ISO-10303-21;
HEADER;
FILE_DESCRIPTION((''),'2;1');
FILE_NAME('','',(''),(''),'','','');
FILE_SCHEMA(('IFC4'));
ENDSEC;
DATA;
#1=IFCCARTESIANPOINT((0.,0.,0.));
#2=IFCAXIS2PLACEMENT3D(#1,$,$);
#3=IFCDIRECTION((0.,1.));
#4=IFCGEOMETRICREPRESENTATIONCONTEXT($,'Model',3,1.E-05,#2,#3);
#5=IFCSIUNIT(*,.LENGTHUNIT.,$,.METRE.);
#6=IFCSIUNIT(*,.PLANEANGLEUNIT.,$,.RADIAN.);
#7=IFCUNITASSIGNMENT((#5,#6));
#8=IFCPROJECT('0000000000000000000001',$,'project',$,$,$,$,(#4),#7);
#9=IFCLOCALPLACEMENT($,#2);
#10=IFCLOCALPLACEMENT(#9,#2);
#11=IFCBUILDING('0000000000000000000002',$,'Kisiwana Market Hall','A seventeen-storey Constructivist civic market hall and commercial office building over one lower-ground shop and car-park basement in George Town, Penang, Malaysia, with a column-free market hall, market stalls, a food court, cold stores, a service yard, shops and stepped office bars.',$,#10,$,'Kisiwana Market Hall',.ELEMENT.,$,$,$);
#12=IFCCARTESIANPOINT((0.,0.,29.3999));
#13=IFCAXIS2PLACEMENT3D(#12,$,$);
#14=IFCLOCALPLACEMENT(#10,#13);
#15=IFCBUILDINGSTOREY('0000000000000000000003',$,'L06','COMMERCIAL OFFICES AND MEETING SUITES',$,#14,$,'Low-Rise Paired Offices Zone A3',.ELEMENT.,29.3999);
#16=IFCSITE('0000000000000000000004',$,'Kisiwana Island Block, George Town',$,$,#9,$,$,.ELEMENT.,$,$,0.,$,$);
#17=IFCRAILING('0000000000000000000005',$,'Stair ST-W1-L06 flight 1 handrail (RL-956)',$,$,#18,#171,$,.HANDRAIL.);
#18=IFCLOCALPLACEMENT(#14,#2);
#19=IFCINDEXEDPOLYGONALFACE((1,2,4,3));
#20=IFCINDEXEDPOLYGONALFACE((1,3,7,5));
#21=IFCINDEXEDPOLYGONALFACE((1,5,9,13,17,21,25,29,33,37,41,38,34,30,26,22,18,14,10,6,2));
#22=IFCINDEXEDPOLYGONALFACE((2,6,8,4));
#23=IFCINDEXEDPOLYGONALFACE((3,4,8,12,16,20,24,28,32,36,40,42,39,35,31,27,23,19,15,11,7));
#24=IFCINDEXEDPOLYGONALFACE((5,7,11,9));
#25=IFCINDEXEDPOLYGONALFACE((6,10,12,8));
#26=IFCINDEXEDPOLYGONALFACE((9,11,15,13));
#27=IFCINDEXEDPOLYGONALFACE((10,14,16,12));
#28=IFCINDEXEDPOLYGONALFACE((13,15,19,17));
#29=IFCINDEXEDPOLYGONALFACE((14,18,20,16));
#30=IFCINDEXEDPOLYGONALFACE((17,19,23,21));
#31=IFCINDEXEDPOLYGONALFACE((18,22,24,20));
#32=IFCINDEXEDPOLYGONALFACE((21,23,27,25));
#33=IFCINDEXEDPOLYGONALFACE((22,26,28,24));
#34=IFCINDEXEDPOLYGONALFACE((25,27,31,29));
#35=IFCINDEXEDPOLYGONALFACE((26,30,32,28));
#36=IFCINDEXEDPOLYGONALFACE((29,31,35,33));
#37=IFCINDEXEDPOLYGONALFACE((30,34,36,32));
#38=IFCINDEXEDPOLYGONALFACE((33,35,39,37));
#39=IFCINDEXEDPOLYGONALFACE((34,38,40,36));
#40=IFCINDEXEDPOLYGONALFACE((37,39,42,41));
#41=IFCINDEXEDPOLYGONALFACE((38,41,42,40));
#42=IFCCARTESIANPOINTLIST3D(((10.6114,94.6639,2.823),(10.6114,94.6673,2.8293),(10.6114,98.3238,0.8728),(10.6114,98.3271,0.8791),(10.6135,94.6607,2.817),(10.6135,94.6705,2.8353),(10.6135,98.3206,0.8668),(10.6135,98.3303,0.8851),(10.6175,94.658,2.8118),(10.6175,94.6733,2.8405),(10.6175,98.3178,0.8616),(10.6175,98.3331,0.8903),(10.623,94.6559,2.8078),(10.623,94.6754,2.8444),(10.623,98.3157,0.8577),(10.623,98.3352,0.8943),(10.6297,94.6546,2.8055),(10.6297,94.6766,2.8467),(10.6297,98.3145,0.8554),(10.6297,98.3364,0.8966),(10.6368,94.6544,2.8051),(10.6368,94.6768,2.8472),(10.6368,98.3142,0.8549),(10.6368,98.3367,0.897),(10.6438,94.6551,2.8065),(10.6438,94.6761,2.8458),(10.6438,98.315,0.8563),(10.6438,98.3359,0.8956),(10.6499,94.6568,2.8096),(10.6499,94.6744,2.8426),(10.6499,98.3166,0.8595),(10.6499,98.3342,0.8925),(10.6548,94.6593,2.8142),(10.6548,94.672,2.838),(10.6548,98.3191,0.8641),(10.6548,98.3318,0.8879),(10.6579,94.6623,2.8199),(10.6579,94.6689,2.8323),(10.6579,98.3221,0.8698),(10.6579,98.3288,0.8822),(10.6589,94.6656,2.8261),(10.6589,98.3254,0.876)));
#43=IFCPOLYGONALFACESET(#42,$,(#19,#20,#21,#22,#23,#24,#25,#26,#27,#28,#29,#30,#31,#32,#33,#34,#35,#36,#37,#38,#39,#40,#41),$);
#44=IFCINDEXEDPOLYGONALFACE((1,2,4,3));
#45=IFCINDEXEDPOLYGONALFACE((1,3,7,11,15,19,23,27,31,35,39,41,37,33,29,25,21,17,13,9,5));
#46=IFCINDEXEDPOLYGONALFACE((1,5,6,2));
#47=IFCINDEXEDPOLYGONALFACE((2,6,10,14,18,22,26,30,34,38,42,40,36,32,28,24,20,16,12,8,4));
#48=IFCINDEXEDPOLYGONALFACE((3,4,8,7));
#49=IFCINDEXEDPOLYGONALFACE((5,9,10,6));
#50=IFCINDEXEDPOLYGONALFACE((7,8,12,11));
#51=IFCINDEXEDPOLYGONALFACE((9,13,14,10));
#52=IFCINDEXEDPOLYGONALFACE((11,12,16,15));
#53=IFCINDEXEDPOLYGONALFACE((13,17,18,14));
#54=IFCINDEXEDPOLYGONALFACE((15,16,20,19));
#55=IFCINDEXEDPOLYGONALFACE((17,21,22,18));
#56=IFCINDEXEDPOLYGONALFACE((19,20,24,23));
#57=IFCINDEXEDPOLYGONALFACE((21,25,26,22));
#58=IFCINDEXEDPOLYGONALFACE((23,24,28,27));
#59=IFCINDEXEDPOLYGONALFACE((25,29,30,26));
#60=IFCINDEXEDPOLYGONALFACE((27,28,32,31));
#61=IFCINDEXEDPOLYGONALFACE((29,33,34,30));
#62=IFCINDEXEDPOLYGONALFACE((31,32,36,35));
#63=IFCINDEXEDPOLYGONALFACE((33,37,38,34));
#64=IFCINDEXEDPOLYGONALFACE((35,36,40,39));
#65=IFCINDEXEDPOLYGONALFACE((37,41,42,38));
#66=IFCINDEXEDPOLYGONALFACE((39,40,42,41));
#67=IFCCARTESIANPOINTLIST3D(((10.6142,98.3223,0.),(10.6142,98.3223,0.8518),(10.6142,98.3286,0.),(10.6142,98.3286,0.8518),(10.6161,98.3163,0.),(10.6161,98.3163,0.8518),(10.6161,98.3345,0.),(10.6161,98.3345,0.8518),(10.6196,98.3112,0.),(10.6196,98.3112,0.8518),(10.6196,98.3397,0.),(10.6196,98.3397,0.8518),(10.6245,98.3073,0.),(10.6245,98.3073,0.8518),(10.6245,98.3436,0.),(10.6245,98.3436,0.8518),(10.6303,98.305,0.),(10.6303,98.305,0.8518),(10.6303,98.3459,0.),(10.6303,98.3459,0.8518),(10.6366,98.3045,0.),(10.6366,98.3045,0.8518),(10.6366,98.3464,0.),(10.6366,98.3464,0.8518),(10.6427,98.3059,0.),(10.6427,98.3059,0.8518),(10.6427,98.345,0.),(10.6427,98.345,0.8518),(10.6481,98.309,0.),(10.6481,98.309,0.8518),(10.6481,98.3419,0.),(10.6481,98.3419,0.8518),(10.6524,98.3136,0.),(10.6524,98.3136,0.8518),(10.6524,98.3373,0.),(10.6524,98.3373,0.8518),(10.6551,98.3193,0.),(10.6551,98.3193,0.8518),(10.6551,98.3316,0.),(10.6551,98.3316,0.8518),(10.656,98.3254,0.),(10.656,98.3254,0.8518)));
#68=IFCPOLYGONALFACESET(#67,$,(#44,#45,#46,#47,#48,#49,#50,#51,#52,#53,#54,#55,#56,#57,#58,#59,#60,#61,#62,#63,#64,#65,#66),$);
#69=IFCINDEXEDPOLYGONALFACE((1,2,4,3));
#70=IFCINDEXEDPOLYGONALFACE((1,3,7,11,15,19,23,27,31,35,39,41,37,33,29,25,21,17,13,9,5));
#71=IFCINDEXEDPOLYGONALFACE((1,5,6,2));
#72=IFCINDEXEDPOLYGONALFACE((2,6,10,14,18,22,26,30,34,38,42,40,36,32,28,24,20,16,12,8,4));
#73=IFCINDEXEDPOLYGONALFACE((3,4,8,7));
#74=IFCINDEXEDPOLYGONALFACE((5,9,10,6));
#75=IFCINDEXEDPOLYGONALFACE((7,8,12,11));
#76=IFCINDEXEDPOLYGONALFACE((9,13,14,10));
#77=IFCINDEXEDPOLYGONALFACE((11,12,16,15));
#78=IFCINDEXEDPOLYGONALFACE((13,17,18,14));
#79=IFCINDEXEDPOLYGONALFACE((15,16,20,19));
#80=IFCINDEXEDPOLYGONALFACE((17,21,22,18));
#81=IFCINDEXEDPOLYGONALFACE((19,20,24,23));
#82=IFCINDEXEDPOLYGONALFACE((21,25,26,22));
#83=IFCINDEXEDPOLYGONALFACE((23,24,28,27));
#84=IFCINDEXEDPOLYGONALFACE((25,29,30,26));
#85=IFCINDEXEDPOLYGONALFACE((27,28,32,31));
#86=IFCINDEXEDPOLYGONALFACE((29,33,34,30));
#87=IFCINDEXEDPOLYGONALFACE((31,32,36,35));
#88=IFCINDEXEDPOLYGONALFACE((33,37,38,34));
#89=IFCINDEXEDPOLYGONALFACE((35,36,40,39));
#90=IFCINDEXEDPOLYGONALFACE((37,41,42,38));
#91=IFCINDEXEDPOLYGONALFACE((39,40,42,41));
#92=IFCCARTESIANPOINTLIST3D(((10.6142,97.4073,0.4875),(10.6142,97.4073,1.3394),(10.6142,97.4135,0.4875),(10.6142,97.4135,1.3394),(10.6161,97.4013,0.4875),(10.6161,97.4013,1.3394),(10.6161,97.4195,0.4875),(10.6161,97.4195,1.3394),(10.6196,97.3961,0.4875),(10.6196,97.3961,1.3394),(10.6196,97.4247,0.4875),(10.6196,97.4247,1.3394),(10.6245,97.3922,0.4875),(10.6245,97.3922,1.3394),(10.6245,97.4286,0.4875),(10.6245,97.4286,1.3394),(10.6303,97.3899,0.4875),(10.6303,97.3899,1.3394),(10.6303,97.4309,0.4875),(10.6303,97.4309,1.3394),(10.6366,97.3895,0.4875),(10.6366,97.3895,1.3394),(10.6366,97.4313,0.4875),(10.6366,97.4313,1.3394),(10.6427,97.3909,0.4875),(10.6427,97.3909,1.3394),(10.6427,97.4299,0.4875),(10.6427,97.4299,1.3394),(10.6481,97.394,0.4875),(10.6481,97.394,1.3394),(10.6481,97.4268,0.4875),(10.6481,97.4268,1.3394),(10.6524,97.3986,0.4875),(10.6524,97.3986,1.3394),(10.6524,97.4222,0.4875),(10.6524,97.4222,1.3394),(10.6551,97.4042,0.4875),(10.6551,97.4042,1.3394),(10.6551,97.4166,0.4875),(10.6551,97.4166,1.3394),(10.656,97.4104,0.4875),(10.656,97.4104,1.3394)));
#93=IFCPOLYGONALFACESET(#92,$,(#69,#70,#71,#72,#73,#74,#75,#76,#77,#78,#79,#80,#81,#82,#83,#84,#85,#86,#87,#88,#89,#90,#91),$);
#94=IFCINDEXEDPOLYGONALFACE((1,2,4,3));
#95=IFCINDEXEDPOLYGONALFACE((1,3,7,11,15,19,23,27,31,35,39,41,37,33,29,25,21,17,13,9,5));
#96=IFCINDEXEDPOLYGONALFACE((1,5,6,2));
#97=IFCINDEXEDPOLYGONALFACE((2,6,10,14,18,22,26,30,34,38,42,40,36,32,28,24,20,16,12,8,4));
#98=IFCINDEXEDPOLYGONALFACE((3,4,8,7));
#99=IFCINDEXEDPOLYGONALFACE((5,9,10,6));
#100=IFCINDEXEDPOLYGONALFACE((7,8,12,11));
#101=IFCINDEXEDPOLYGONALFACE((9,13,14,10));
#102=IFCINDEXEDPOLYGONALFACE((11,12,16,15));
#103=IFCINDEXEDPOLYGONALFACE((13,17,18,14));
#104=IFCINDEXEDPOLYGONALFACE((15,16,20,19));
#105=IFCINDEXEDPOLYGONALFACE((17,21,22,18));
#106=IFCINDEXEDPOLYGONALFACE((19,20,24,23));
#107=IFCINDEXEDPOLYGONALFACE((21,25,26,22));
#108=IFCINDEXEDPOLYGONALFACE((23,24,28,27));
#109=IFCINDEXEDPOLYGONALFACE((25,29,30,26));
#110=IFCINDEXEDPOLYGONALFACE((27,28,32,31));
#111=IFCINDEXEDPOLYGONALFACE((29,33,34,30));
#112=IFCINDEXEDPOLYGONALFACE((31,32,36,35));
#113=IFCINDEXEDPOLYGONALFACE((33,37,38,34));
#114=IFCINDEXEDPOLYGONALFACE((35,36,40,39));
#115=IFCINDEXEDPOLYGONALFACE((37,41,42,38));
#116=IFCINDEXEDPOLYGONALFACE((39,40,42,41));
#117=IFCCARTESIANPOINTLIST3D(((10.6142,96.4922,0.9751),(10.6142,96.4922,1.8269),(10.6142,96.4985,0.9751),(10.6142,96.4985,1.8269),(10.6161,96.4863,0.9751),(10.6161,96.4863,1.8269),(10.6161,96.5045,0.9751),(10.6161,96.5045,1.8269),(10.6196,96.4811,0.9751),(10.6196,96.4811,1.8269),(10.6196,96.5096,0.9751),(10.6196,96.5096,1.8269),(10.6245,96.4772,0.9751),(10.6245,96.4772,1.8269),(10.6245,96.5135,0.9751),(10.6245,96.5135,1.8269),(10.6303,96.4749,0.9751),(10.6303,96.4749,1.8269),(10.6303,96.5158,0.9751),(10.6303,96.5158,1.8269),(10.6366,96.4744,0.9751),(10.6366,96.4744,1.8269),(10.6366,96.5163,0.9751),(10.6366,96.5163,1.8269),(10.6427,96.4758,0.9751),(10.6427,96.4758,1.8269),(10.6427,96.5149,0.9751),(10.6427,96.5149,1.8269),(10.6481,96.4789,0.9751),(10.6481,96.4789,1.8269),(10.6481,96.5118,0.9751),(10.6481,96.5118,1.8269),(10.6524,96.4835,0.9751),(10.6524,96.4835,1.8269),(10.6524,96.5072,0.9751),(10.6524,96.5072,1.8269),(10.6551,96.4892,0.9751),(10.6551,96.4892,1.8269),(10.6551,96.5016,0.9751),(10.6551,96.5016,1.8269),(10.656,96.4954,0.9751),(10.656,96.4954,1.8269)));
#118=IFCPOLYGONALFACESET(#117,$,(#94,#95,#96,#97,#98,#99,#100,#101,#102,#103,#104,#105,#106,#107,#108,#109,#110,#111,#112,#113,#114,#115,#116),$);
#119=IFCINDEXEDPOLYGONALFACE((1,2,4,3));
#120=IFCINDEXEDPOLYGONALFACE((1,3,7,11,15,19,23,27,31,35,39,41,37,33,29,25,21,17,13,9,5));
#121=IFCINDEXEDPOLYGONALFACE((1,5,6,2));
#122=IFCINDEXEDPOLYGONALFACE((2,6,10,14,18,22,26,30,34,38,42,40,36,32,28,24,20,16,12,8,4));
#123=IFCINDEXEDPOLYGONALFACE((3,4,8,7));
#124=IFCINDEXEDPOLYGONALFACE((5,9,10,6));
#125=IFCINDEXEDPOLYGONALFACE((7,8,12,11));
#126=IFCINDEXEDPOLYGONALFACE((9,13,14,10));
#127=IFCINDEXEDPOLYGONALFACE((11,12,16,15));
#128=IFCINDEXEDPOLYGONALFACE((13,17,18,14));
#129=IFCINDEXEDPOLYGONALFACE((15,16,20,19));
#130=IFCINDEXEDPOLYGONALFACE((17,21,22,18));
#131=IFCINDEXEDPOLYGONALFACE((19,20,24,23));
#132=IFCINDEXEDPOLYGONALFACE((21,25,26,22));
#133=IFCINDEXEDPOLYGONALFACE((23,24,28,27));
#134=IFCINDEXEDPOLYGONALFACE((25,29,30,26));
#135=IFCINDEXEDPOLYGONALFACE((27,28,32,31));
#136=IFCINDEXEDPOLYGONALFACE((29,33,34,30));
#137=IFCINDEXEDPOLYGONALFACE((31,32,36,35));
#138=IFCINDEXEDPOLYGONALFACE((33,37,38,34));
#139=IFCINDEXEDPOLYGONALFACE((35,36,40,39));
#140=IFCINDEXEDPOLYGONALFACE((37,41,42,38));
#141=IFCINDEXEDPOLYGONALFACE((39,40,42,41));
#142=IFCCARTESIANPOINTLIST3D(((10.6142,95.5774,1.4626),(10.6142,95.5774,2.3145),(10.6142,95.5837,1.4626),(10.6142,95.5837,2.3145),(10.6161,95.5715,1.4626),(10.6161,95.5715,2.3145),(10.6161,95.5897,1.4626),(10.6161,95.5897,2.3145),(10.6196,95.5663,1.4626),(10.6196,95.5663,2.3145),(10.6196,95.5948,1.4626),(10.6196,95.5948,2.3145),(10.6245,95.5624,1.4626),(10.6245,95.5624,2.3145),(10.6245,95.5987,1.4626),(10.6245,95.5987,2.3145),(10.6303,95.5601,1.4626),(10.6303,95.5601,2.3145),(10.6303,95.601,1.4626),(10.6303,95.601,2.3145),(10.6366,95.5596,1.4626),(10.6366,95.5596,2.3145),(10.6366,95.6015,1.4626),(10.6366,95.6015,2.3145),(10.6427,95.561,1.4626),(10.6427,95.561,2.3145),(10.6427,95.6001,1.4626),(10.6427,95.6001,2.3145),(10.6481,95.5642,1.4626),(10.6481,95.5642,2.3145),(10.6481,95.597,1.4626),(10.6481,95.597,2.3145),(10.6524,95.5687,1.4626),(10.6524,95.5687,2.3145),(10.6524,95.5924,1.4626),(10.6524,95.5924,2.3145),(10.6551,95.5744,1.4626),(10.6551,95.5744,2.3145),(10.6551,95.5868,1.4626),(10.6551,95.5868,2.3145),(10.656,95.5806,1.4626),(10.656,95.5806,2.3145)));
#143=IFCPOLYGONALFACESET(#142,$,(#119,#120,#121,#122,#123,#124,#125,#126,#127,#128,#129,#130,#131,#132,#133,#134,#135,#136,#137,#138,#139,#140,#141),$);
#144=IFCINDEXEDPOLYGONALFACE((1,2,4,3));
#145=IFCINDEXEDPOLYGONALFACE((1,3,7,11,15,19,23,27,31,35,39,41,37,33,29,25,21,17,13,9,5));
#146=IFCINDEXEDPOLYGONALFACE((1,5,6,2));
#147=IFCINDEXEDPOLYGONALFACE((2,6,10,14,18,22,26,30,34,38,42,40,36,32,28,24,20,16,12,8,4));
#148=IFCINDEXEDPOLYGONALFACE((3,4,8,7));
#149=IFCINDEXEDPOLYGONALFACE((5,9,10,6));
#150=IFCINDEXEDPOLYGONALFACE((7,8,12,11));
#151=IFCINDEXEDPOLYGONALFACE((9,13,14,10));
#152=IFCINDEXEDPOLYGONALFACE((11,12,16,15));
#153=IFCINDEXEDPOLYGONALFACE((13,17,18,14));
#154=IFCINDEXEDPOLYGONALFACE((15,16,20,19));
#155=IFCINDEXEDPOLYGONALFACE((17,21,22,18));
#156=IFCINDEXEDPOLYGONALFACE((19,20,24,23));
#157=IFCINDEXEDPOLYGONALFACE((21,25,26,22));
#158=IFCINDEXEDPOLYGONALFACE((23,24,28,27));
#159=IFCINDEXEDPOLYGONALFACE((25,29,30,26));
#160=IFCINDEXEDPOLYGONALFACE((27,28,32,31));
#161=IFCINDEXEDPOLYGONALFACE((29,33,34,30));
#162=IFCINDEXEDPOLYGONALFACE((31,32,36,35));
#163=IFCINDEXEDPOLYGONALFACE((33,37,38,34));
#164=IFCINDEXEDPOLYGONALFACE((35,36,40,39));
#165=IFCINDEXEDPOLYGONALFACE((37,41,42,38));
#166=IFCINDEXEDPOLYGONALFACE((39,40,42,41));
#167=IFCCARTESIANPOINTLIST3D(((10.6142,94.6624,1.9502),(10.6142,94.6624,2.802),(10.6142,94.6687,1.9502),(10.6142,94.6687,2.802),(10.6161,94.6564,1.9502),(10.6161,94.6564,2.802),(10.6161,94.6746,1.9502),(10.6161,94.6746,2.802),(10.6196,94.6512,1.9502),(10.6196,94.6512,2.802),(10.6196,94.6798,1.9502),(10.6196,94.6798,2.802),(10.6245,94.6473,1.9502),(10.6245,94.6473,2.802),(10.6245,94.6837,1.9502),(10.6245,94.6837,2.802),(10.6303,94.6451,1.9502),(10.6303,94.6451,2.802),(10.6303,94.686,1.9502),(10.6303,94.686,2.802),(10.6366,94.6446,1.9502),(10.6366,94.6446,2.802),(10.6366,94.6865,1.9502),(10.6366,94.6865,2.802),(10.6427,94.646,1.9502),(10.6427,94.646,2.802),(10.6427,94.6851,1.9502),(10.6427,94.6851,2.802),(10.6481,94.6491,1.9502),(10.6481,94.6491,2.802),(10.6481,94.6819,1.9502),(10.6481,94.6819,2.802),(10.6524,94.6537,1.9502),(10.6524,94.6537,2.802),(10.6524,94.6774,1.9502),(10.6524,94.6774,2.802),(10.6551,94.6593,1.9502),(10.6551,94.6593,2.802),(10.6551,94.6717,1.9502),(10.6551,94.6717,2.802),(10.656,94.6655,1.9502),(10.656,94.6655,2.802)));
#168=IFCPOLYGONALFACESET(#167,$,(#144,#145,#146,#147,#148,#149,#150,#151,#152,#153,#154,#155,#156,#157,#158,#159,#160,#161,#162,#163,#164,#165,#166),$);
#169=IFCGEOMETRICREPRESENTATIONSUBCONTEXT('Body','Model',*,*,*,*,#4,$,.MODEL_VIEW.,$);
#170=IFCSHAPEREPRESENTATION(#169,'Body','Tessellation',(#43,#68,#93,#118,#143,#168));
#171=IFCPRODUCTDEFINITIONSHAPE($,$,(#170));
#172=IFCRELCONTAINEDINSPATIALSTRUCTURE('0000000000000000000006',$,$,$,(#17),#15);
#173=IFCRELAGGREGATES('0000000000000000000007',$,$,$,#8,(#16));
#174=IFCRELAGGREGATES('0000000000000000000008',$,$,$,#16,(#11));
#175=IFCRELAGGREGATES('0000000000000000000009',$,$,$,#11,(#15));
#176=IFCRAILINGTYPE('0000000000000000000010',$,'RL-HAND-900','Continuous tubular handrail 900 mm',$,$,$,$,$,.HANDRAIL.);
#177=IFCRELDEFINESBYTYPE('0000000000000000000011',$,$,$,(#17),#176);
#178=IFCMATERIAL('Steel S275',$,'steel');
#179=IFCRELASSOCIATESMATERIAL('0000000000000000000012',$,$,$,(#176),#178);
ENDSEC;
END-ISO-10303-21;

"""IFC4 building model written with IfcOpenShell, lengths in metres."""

from ifc_helpers import new_model, si_unit, direction, frame, origin, origin_2d, place, context, subcontext, project, spatial, circle, extrude, material, type_object, element, save


model = new_model("IFC4")

# Units and contexts
model_context = context("Model", 3, precision=1e-05, world=origin(), true_north=direction((0.0, 1.0)))
body_context = subcontext(model_context, "Body", "Model", "MODEL_VIEW")
ifc_project = project(units=[si_unit("LENGTHUNIT", "METRE"), si_unit("PLANEANGLEUNIT", "RADIAN")], contexts=[model_context])

# Site, building, storey
site_placement = place(None, origin())
site = spatial("IfcSite", under=ifc_project, at=site_placement, Name="Kisiwana Island Block, George Town", CompositionType="ELEMENT", RefElevation=0.0)
building_placement = place(site_placement, origin())
building = spatial("IfcBuilding", under=site, at=building_placement, Name="Kisiwana Market Hall", Description="A seventeen-storey Constructivist civic market hall and commercial office building over one lower-ground shop and car-park basement in George Town, Penang, Malaysia, with a column-free market hall, market stalls, a food court, cold stores, a service yard, shops and stepped office bars.", LongName="Kisiwana Market Hall", CompositionType="ELEMENT")
storey_placement = place(building_placement, frame((0.0, 0.0, 29.3999)))
storey = spatial("IfcBuildingStorey", under=building, at=storey_placement, Name="L06", Description="COMMERCIAL OFFICES AND MEETING SUITES", LongName="Low-Rise Paired Offices Zone A3", CompositionType="ELEMENT", Elevation=29.3999)

# Railing
ifc_material_1 = material(Name="Steel S275", Category="steel")
railing_type_1 = type_object("IfcRailingType", Name="RL-HAND-900", Description="Continuous tubular handrail 900 mm", PredefinedType="HANDRAIL", material=ifc_material_1)
railing_1_placement = place(storey_placement, frame((10.635, 98.3254, 0.0)))
element("IfcRailing", 1, at=railing_1_placement, inside=storey, type_object=railing_type_1, Name="Stair ST-W1-L06 flight 1 handrail (RL-956)", PredefinedType="HANDRAIL", context=body_context, shape_type="SweptSolid", body=[
    extrude(circle(Radius=0.0239, at=origin_2d()), frame((0.0, 0.0, 0.876), z_axis=(0.0, -0.882529, 0.470258), x_axis=(1.0, 0.0, 0.0)), (0.0, 0.0, 1.0), 4.147),
    extrude(circle(Radius=0.021, at=origin_2d()), origin(), (0.0, 0.0, 1.0), 0.8518),
    extrude(circle(Radius=0.021, at=origin_2d()), frame((0.0, -0.915, 0.4875)), (0.0, 0.0, 1.0), 0.8518),
    extrude(circle(Radius=0.021, at=origin_2d()), frame((0.0, -1.8301, 0.9751)), (0.0, 0.0, 1.0), 0.8518),
    extrude(circle(Radius=0.021, at=origin_2d()), frame((0.0, -2.7449, 1.4626)), (0.0, 0.0, 1.0), 0.8518),
    extrude(circle(Radius=0.021, at=origin_2d()), frame((0.0, -3.6599, 1.9502)), (0.0, 0.0, 1.0), 0.8518),
])

save(model, "model.ifc")
